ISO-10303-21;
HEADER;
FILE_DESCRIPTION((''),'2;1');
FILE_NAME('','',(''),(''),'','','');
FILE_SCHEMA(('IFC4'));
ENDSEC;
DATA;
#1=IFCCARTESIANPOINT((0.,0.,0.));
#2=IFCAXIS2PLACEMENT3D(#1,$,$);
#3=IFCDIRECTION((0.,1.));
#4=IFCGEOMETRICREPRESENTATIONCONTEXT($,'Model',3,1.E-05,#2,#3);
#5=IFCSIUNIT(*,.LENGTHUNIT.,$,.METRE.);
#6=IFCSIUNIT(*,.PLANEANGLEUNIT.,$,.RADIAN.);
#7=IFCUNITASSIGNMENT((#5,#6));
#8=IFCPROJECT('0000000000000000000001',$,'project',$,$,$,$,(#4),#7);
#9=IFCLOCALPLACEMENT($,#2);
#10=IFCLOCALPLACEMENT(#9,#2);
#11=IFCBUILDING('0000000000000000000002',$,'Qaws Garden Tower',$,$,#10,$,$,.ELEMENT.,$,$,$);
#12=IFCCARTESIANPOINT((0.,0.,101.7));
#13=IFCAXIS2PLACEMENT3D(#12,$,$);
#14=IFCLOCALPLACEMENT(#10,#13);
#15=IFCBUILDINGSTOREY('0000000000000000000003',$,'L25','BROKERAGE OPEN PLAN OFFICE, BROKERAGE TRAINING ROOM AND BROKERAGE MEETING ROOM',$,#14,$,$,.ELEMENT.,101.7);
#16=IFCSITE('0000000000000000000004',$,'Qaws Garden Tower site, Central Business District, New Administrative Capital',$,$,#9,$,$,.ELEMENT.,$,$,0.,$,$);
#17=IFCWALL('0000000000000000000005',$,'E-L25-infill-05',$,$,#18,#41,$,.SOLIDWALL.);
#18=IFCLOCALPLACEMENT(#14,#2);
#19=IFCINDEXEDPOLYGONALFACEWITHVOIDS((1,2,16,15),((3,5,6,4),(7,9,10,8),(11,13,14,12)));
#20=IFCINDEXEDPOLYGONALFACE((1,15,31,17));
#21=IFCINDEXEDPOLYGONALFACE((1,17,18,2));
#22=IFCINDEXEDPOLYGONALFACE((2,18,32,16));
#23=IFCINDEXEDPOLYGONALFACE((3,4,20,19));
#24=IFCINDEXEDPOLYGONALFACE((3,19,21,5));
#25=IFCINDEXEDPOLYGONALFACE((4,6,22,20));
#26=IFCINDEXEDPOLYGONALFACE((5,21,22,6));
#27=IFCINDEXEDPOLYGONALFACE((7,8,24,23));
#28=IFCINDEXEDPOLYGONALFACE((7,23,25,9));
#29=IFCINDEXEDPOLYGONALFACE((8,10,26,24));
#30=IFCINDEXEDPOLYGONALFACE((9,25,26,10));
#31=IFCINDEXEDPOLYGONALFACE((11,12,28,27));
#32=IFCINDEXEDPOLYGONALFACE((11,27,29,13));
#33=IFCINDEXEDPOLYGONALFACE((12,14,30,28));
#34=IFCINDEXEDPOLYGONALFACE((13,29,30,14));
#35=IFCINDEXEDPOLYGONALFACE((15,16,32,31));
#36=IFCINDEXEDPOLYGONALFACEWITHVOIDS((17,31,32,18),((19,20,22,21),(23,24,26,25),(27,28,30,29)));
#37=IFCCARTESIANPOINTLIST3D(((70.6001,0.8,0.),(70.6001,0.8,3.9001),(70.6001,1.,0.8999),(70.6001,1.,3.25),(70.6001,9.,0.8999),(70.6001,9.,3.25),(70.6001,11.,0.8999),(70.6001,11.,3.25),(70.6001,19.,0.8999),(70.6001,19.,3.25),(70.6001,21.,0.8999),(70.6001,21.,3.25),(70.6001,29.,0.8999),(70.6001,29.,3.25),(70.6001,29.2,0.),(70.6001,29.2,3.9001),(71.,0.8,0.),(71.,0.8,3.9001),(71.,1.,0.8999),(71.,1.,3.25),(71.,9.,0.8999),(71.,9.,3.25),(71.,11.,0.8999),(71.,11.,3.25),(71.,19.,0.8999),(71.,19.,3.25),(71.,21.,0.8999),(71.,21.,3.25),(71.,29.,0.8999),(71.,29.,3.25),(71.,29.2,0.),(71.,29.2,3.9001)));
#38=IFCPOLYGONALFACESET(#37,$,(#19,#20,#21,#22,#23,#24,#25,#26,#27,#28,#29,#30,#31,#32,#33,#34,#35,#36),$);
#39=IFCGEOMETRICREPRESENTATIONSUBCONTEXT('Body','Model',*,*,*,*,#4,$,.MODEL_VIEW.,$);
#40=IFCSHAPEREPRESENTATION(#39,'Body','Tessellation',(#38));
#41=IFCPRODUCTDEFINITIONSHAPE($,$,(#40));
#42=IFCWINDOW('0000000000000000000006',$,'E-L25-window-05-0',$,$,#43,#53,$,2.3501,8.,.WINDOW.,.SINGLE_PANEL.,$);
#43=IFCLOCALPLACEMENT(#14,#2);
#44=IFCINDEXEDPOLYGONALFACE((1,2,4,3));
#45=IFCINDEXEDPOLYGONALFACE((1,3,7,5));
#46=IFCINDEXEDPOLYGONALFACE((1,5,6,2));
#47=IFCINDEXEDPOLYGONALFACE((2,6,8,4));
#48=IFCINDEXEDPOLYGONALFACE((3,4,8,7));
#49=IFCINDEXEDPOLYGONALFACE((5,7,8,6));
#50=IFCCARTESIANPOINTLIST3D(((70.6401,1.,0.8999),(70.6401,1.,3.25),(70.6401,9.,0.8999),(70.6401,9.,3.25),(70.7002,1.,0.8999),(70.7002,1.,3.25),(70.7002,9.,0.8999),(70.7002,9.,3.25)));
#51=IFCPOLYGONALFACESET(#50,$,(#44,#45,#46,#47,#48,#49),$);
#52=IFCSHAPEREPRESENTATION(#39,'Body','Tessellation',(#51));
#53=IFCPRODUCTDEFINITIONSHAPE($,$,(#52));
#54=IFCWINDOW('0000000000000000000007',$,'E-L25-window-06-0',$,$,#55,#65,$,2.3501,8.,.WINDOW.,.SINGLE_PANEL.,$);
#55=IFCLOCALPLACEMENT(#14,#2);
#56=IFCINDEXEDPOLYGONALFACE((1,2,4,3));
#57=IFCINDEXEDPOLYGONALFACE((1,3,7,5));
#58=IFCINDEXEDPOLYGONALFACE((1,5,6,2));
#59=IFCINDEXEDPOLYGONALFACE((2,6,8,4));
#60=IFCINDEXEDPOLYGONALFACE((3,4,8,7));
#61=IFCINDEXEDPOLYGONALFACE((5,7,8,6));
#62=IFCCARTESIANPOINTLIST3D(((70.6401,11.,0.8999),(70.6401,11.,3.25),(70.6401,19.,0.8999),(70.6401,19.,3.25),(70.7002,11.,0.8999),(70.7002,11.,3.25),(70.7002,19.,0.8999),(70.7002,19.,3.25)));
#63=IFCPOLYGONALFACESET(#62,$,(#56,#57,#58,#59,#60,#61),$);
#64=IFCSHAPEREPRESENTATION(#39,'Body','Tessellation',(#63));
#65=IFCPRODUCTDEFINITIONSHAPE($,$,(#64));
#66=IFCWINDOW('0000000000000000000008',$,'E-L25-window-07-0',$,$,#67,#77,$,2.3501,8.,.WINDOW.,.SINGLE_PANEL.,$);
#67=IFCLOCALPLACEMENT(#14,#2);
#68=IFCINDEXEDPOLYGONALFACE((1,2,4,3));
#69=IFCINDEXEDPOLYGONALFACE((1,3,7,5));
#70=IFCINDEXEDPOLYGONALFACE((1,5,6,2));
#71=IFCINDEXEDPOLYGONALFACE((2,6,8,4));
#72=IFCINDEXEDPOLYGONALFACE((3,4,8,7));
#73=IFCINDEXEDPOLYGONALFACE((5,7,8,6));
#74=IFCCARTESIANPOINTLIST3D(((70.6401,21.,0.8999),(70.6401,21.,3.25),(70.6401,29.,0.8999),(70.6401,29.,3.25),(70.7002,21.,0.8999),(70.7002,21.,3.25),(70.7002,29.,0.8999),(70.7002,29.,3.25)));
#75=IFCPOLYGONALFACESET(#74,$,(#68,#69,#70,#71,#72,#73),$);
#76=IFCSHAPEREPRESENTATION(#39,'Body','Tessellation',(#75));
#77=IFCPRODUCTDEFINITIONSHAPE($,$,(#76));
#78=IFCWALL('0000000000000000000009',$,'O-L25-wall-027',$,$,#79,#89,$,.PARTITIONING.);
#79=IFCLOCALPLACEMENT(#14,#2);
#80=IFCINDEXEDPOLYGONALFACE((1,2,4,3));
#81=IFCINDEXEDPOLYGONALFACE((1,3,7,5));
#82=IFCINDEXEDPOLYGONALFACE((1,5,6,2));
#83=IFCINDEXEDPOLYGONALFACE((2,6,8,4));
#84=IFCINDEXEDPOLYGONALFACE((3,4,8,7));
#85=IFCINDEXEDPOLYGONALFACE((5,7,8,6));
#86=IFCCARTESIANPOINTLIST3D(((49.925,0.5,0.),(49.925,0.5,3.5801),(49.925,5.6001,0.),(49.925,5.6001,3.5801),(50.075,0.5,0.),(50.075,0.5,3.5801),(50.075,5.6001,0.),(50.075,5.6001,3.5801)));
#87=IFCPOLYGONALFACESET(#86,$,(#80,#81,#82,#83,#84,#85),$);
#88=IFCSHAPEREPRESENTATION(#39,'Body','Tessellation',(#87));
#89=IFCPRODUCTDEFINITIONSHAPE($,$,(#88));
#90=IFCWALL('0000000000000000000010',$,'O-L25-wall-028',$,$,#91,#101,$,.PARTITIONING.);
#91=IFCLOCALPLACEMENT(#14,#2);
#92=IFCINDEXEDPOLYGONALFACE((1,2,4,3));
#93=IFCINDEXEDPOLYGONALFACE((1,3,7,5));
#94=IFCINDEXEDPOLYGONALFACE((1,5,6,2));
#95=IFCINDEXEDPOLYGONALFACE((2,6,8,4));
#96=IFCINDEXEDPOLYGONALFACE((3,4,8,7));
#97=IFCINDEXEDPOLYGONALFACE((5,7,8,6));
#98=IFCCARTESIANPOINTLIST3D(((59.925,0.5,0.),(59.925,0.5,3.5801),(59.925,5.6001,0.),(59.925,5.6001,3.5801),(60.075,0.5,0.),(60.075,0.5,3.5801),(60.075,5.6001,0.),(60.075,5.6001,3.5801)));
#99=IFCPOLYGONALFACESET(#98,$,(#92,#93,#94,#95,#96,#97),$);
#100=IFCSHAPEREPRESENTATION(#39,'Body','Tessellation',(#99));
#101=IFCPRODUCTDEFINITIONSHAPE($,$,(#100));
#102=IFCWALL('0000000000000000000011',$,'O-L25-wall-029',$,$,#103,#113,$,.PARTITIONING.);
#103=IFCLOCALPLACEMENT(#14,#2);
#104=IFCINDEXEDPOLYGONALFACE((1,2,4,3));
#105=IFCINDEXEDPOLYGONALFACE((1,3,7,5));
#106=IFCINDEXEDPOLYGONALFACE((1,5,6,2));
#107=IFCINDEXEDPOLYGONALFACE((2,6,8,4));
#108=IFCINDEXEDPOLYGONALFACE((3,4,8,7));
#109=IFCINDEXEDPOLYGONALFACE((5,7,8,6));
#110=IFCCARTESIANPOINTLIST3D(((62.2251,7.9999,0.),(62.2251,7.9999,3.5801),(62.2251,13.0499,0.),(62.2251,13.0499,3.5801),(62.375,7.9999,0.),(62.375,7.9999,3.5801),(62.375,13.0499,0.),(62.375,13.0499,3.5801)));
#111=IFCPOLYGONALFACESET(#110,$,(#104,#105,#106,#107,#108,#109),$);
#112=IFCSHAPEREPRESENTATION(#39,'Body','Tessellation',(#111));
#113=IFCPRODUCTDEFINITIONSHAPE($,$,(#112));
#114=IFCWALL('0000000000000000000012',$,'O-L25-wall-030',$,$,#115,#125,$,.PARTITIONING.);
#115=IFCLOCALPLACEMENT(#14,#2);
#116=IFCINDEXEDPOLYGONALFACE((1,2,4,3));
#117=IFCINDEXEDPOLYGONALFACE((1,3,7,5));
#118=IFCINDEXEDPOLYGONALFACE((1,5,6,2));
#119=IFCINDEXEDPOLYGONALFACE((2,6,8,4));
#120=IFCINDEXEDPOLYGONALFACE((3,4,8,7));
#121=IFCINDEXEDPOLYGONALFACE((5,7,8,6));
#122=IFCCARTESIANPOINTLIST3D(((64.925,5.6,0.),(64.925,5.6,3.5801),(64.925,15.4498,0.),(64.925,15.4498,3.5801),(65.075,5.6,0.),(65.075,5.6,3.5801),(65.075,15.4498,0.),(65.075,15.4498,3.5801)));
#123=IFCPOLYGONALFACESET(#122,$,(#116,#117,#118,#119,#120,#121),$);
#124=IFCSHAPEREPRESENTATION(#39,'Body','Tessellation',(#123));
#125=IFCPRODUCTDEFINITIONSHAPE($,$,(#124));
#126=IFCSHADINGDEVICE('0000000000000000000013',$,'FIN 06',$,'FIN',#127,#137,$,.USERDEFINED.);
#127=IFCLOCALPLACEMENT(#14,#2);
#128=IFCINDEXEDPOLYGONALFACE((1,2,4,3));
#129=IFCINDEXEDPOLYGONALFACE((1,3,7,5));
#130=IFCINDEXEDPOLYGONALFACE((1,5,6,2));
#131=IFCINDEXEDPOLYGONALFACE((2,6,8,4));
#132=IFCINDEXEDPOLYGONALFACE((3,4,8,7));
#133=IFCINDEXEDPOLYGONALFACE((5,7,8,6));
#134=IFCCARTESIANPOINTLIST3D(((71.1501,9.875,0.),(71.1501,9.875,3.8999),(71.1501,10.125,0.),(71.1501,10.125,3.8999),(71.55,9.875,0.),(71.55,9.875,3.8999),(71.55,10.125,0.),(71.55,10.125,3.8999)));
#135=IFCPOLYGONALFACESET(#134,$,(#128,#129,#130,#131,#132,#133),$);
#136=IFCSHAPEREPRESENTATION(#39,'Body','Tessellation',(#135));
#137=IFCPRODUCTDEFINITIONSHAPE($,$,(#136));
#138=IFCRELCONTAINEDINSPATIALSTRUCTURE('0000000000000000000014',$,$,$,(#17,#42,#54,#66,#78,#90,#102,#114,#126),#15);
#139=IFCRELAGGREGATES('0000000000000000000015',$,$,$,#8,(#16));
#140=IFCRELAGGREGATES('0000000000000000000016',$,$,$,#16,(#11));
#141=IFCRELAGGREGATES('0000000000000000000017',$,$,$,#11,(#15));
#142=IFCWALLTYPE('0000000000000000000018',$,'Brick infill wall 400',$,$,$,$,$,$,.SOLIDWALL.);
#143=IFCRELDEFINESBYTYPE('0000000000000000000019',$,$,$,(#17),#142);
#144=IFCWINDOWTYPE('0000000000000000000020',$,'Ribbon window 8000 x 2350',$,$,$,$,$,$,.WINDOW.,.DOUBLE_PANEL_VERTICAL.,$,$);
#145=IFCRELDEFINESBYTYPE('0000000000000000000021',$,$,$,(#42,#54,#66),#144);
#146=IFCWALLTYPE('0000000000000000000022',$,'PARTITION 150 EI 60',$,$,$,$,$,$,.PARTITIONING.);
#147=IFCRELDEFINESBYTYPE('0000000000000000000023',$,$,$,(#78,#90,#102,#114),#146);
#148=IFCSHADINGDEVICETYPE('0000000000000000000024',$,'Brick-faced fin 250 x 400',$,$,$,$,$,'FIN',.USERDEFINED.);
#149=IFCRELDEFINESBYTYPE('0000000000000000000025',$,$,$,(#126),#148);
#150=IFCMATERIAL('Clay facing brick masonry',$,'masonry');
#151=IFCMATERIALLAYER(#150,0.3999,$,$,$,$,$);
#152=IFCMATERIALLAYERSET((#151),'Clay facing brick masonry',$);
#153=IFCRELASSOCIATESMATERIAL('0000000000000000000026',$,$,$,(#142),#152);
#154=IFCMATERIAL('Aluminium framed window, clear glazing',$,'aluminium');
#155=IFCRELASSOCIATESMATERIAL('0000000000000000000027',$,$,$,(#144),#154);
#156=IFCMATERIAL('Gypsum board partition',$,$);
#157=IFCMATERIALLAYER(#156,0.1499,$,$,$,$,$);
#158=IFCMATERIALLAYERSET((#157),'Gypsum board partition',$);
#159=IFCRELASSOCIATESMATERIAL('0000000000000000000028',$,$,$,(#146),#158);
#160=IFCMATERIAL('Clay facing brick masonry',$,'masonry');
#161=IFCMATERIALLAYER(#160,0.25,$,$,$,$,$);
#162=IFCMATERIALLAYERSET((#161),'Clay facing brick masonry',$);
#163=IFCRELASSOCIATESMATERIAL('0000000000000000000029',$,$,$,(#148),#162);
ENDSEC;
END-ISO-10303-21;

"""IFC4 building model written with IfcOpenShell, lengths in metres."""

from ifc_helpers import new_model, si_unit, direction, frame, frame_2d, origin, origin_2d, place, context, subcontext, project, spatial, rectangle, extrude, material, layer, layer_set, type_object, element, fill, save


model = new_model("IFC4")

# Units and contexts
model_context = context("Model", 3, precision=1e-05, world=origin(), true_north=direction((0.0, 1.0)))
body_context = subcontext(model_context, "Body", "Model", "MODEL_VIEW")
ifc_project = project(units=[si_unit("LENGTHUNIT", "METRE"), si_unit("PLANEANGLEUNIT", "RADIAN")], contexts=[model_context])

# Site, building, storey
site_placement = place(None, origin())
site = spatial("IfcSite", under=ifc_project, at=site_placement, Name="Qaws Garden Tower site, Central Business District, New Administrative Capital", CompositionType="ELEMENT", RefElevation=0.0)
building_placement = place(site_placement, origin())
building = spatial("IfcBuilding", under=site, at=building_placement, Name="Qaws Garden Tower", CompositionType="ELEMENT")
storey_placement = place(building_placement, frame((0.0, 0.0, 101.7)))
storey = spatial("IfcBuildingStorey", under=building, at=storey_placement, Name="L25", Description="BROKERAGE OPEN PLAN OFFICE, BROKERAGE TRAINING ROOM AND BROKERAGE MEETING ROOM", CompositionType="ELEMENT", Elevation=101.7)

# Wall, openings, windows
ifc_material_1 = material(Name="Clay facing brick masonry", Category="masonry")
ifc_layer_1 = layer(ifc_material_1, 0.3999)
ifc_layer_set_1 = layer_set([ifc_layer_1], Name="Clay facing brick masonry")
wall_type_1 = type_object("IfcWallType", Name="Brick infill wall 400", PredefinedType="SOLIDWALL", material=ifc_layer_set_1)
wall_1_placement = place(storey_placement, frame((70.8, 0.8, 0.0), z_axis=(0.0, 0.0, 1.0), x_axis=(0.0, 1.0, 0.0)))
wall_1 = element("IfcWall", 1, at=wall_1_placement, inside=storey, type_object=wall_type_1, Name="E-L25-infill-05", PredefinedType="SOLIDWALL", context=body_context, shape_type="SweptSolid", body=[
    extrude(rectangle(XDim=28.3999, YDim=0.3999, at=frame_2d((14.2, 0.0))), origin(), (0.0, 0.0, 1.0), 3.9001),
])
opening_1_placement = place(wall_1_placement, frame((0.2, 0.0, 0.8999)))
opening_1 = element("IfcOpeningElement", 2, at=opening_1_placement, cuts=wall_1, PredefinedType="OPENING", context=body_context, shape_type="SweptSolid", body=[
    extrude(rectangle(XDim=8.0, YDim=2.3501, at=frame_2d((4.0, 1.175))), frame((0.0, 0.21, 0.0), z_axis=(0.0, -1.0, 0.0), x_axis=(1.0, 0.0, 0.0)), (0.0, 0.0, 1.0), 0.4199),
])
opening_2_placement = place(wall_1_placement, frame((10.2, 0.0, 0.8999)))
opening_2 = element("IfcOpeningElement", 3, at=opening_2_placement, cuts=wall_1, PredefinedType="OPENING", context=body_context, shape_type="SweptSolid", body=[
    extrude(rectangle(XDim=8.0, YDim=2.3501, at=frame_2d((4.0, 1.175))), frame((0.0, 0.21, 0.0), z_axis=(0.0, -1.0, 0.0), x_axis=(1.0, 0.0, 0.0)), (0.0, 0.0, 1.0), 0.4199),
])
opening_3_placement = place(wall_1_placement, frame((20.2, 0.0, 0.8999)))
opening_3 = element("IfcOpeningElement", 4, at=opening_3_placement, cuts=wall_1, PredefinedType="OPENING", context=body_context, shape_type="SweptSolid", body=[
    extrude(rectangle(XDim=8.0, YDim=2.3501, at=frame_2d((4.0, 1.175))), frame((0.0, 0.21, 0.0), z_axis=(0.0, -1.0, 0.0), x_axis=(1.0, 0.0, 0.0)), (0.0, 0.0, 1.0), 0.4199),
])
ifc_material_2 = material(Name="Aluminium framed window, clear glazing", Category="aluminium")
window_type = type_object("IfcWindowType", Name="Ribbon window 8000 x 2350", PartitioningType="DOUBLE_PANEL_VERTICAL", PredefinedType="WINDOW", material=ifc_material_2)
window_1_placement = place(opening_1_placement, origin())
window_1 = element("IfcWindow", 5, at=window_1_placement, inside=storey, type_object=window_type, Name="E-L25-window-05-0", OverallHeight=2.3501, OverallWidth=8.0, PartitioningType="SINGLE_PANEL", PredefinedType="WINDOW", context=body_context, shape_type="SweptSolid", body=[
    extrude(rectangle(XDim=8.0, YDim=2.3501, at=frame_2d((4.0, 1.175))), frame((0.0, 0.1599, 0.0), z_axis=(0.0, -1.0, 0.0), x_axis=(1.0, 0.0, 0.0)), (0.0, 0.0, 1.0), 0.0601),
])
fill(opening_1, window_1)
window_2_placement = place(opening_2_placement, origin())
window_2 = element("IfcWindow", 6, at=window_2_placement, inside=storey, type_object=window_type, Name="E-L25-window-06-0", OverallHeight=2.3501, OverallWidth=8.0, PartitioningType="SINGLE_PANEL", PredefinedType="WINDOW", context=body_context, shape_type="SweptSolid", body=[
    extrude(rectangle(XDim=8.0, YDim=2.3501, at=frame_2d((4.0, 1.175))), frame((0.0, 0.1599, 0.0), z_axis=(0.0, -1.0, 0.0), x_axis=(1.0, 0.0, 0.0)), (0.0, 0.0, 1.0), 0.0601),
])
fill(opening_2, window_2)
window_3_placement = place(opening_3_placement, origin())
window_3 = element("IfcWindow", 7, at=window_3_placement, inside=storey, type_object=window_type, Name="E-L25-window-07-0", OverallHeight=2.3501, OverallWidth=8.0, PartitioningType="SINGLE_PANEL", PredefinedType="WINDOW", context=body_context, shape_type="SweptSolid", body=[
    extrude(rectangle(XDim=8.0, YDim=2.3501, at=frame_2d((4.0, 1.175))), frame((0.0, 0.1599, 0.0), z_axis=(0.0, -1.0, 0.0), x_axis=(1.0, 0.0, 0.0)), (0.0, 0.0, 1.0), 0.0601),
])
fill(opening_3, window_3)

# Walls
ifc_material_3 = material(Name="Gypsum board partition")
ifc_layer_2 = layer(ifc_material_3, 0.1499)
ifc_layer_set_2 = layer_set([ifc_layer_2], Name="Gypsum board partition")
wall_type_2 = type_object("IfcWallType", Name="PARTITION 150 EI 60", PredefinedType="PARTITIONING", material=ifc_layer_set_2)
for number, where, z_axis, x_axis, name in (
    (8, (50.0, 0.5, 0.0), (0.0, 0.0, 1.0), (0.0, 1.0, 0.0), "O-L25-wall-027"),
    (9, (60.0, 0.5, 0.0), (0.0, 0.0, 1.0), (0.0, 1.0, 0.0), "O-L25-wall-028"),
):
    element("IfcWall", number, at=place(storey_placement, frame(where, z_axis=z_axis, x_axis=x_axis)), inside=storey, type_object=wall_type_2, Name=name, PredefinedType="PARTITIONING", context=body_context, shape_type="SweptSolid", body=[
        extrude(rectangle(XDim=5.1001, YDim=0.1499, at=frame_2d((2.55, 0.0))), origin(), (0.0, 0.0, 1.0), 3.5801),
    ])
wall_2_placement = place(storey_placement, frame((62.3, 8.0, 0.0), z_axis=(0.0, 0.0, 1.0), x_axis=(0.0, 1.0, 0.0)))
element("IfcWall", 10, at=wall_2_placement, inside=storey, type_object=wall_type_2, Name="O-L25-wall-029", PredefinedType="PARTITIONING", context=body_context, shape_type="SweptSolid", body=[
    extrude(rectangle(XDim=5.05, YDim=0.1499, at=frame_2d((2.5249, 0.0))), origin(), (0.0, 0.0, 1.0), 3.5801),
])
wall_3_placement = place(storey_placement, frame((65.0, 5.6001, 0.0), z_axis=(0.0, 0.0, 1.0), x_axis=(0.0, 1.0, 0.0)))
element("IfcWall", 11, at=wall_3_placement, inside=storey, type_object=wall_type_2, Name="O-L25-wall-030", PredefinedType="PARTITIONING", context=body_context, shape_type="SweptSolid", body=[
    extrude(rectangle(XDim=9.8499, YDim=0.1499, at=frame_2d((4.9248, 0.0))), origin(), (0.0, 0.0, 1.0), 3.5801),
])

# Shading device
ifc_material_4 = material(Name="Clay facing brick masonry", Category="masonry")
ifc_layer_3 = layer(ifc_material_4, 0.25)
ifc_layer_set_3 = layer_set([ifc_layer_3], Name="Clay facing brick masonry")
shading_device_type = type_object("IfcShadingDeviceType", Name="Brick-faced fin 250 x 400", ElementType="FIN", PredefinedType="USERDEFINED", material=ifc_layer_set_3)
shading_device_placement = place(storey_placement, frame((71.3501, 10.0, 0.0), z_axis=(0.0, 0.0, 1.0), x_axis=(0.0, 1.0, 0.0)))
element("IfcShadingDevice", 12, at=shading_device_placement, inside=storey, type_object=shading_device_type, Name="FIN 06", ObjectType="FIN", PredefinedType="USERDEFINED", context=body_context, shape_type="SweptSolid", body=[
    extrude(rectangle(XDim=0.25, YDim=0.3999, at=origin_2d()), origin(), (0.0, 0.0, 1.0), 3.8999),
])

save(model, "model.ifc")
